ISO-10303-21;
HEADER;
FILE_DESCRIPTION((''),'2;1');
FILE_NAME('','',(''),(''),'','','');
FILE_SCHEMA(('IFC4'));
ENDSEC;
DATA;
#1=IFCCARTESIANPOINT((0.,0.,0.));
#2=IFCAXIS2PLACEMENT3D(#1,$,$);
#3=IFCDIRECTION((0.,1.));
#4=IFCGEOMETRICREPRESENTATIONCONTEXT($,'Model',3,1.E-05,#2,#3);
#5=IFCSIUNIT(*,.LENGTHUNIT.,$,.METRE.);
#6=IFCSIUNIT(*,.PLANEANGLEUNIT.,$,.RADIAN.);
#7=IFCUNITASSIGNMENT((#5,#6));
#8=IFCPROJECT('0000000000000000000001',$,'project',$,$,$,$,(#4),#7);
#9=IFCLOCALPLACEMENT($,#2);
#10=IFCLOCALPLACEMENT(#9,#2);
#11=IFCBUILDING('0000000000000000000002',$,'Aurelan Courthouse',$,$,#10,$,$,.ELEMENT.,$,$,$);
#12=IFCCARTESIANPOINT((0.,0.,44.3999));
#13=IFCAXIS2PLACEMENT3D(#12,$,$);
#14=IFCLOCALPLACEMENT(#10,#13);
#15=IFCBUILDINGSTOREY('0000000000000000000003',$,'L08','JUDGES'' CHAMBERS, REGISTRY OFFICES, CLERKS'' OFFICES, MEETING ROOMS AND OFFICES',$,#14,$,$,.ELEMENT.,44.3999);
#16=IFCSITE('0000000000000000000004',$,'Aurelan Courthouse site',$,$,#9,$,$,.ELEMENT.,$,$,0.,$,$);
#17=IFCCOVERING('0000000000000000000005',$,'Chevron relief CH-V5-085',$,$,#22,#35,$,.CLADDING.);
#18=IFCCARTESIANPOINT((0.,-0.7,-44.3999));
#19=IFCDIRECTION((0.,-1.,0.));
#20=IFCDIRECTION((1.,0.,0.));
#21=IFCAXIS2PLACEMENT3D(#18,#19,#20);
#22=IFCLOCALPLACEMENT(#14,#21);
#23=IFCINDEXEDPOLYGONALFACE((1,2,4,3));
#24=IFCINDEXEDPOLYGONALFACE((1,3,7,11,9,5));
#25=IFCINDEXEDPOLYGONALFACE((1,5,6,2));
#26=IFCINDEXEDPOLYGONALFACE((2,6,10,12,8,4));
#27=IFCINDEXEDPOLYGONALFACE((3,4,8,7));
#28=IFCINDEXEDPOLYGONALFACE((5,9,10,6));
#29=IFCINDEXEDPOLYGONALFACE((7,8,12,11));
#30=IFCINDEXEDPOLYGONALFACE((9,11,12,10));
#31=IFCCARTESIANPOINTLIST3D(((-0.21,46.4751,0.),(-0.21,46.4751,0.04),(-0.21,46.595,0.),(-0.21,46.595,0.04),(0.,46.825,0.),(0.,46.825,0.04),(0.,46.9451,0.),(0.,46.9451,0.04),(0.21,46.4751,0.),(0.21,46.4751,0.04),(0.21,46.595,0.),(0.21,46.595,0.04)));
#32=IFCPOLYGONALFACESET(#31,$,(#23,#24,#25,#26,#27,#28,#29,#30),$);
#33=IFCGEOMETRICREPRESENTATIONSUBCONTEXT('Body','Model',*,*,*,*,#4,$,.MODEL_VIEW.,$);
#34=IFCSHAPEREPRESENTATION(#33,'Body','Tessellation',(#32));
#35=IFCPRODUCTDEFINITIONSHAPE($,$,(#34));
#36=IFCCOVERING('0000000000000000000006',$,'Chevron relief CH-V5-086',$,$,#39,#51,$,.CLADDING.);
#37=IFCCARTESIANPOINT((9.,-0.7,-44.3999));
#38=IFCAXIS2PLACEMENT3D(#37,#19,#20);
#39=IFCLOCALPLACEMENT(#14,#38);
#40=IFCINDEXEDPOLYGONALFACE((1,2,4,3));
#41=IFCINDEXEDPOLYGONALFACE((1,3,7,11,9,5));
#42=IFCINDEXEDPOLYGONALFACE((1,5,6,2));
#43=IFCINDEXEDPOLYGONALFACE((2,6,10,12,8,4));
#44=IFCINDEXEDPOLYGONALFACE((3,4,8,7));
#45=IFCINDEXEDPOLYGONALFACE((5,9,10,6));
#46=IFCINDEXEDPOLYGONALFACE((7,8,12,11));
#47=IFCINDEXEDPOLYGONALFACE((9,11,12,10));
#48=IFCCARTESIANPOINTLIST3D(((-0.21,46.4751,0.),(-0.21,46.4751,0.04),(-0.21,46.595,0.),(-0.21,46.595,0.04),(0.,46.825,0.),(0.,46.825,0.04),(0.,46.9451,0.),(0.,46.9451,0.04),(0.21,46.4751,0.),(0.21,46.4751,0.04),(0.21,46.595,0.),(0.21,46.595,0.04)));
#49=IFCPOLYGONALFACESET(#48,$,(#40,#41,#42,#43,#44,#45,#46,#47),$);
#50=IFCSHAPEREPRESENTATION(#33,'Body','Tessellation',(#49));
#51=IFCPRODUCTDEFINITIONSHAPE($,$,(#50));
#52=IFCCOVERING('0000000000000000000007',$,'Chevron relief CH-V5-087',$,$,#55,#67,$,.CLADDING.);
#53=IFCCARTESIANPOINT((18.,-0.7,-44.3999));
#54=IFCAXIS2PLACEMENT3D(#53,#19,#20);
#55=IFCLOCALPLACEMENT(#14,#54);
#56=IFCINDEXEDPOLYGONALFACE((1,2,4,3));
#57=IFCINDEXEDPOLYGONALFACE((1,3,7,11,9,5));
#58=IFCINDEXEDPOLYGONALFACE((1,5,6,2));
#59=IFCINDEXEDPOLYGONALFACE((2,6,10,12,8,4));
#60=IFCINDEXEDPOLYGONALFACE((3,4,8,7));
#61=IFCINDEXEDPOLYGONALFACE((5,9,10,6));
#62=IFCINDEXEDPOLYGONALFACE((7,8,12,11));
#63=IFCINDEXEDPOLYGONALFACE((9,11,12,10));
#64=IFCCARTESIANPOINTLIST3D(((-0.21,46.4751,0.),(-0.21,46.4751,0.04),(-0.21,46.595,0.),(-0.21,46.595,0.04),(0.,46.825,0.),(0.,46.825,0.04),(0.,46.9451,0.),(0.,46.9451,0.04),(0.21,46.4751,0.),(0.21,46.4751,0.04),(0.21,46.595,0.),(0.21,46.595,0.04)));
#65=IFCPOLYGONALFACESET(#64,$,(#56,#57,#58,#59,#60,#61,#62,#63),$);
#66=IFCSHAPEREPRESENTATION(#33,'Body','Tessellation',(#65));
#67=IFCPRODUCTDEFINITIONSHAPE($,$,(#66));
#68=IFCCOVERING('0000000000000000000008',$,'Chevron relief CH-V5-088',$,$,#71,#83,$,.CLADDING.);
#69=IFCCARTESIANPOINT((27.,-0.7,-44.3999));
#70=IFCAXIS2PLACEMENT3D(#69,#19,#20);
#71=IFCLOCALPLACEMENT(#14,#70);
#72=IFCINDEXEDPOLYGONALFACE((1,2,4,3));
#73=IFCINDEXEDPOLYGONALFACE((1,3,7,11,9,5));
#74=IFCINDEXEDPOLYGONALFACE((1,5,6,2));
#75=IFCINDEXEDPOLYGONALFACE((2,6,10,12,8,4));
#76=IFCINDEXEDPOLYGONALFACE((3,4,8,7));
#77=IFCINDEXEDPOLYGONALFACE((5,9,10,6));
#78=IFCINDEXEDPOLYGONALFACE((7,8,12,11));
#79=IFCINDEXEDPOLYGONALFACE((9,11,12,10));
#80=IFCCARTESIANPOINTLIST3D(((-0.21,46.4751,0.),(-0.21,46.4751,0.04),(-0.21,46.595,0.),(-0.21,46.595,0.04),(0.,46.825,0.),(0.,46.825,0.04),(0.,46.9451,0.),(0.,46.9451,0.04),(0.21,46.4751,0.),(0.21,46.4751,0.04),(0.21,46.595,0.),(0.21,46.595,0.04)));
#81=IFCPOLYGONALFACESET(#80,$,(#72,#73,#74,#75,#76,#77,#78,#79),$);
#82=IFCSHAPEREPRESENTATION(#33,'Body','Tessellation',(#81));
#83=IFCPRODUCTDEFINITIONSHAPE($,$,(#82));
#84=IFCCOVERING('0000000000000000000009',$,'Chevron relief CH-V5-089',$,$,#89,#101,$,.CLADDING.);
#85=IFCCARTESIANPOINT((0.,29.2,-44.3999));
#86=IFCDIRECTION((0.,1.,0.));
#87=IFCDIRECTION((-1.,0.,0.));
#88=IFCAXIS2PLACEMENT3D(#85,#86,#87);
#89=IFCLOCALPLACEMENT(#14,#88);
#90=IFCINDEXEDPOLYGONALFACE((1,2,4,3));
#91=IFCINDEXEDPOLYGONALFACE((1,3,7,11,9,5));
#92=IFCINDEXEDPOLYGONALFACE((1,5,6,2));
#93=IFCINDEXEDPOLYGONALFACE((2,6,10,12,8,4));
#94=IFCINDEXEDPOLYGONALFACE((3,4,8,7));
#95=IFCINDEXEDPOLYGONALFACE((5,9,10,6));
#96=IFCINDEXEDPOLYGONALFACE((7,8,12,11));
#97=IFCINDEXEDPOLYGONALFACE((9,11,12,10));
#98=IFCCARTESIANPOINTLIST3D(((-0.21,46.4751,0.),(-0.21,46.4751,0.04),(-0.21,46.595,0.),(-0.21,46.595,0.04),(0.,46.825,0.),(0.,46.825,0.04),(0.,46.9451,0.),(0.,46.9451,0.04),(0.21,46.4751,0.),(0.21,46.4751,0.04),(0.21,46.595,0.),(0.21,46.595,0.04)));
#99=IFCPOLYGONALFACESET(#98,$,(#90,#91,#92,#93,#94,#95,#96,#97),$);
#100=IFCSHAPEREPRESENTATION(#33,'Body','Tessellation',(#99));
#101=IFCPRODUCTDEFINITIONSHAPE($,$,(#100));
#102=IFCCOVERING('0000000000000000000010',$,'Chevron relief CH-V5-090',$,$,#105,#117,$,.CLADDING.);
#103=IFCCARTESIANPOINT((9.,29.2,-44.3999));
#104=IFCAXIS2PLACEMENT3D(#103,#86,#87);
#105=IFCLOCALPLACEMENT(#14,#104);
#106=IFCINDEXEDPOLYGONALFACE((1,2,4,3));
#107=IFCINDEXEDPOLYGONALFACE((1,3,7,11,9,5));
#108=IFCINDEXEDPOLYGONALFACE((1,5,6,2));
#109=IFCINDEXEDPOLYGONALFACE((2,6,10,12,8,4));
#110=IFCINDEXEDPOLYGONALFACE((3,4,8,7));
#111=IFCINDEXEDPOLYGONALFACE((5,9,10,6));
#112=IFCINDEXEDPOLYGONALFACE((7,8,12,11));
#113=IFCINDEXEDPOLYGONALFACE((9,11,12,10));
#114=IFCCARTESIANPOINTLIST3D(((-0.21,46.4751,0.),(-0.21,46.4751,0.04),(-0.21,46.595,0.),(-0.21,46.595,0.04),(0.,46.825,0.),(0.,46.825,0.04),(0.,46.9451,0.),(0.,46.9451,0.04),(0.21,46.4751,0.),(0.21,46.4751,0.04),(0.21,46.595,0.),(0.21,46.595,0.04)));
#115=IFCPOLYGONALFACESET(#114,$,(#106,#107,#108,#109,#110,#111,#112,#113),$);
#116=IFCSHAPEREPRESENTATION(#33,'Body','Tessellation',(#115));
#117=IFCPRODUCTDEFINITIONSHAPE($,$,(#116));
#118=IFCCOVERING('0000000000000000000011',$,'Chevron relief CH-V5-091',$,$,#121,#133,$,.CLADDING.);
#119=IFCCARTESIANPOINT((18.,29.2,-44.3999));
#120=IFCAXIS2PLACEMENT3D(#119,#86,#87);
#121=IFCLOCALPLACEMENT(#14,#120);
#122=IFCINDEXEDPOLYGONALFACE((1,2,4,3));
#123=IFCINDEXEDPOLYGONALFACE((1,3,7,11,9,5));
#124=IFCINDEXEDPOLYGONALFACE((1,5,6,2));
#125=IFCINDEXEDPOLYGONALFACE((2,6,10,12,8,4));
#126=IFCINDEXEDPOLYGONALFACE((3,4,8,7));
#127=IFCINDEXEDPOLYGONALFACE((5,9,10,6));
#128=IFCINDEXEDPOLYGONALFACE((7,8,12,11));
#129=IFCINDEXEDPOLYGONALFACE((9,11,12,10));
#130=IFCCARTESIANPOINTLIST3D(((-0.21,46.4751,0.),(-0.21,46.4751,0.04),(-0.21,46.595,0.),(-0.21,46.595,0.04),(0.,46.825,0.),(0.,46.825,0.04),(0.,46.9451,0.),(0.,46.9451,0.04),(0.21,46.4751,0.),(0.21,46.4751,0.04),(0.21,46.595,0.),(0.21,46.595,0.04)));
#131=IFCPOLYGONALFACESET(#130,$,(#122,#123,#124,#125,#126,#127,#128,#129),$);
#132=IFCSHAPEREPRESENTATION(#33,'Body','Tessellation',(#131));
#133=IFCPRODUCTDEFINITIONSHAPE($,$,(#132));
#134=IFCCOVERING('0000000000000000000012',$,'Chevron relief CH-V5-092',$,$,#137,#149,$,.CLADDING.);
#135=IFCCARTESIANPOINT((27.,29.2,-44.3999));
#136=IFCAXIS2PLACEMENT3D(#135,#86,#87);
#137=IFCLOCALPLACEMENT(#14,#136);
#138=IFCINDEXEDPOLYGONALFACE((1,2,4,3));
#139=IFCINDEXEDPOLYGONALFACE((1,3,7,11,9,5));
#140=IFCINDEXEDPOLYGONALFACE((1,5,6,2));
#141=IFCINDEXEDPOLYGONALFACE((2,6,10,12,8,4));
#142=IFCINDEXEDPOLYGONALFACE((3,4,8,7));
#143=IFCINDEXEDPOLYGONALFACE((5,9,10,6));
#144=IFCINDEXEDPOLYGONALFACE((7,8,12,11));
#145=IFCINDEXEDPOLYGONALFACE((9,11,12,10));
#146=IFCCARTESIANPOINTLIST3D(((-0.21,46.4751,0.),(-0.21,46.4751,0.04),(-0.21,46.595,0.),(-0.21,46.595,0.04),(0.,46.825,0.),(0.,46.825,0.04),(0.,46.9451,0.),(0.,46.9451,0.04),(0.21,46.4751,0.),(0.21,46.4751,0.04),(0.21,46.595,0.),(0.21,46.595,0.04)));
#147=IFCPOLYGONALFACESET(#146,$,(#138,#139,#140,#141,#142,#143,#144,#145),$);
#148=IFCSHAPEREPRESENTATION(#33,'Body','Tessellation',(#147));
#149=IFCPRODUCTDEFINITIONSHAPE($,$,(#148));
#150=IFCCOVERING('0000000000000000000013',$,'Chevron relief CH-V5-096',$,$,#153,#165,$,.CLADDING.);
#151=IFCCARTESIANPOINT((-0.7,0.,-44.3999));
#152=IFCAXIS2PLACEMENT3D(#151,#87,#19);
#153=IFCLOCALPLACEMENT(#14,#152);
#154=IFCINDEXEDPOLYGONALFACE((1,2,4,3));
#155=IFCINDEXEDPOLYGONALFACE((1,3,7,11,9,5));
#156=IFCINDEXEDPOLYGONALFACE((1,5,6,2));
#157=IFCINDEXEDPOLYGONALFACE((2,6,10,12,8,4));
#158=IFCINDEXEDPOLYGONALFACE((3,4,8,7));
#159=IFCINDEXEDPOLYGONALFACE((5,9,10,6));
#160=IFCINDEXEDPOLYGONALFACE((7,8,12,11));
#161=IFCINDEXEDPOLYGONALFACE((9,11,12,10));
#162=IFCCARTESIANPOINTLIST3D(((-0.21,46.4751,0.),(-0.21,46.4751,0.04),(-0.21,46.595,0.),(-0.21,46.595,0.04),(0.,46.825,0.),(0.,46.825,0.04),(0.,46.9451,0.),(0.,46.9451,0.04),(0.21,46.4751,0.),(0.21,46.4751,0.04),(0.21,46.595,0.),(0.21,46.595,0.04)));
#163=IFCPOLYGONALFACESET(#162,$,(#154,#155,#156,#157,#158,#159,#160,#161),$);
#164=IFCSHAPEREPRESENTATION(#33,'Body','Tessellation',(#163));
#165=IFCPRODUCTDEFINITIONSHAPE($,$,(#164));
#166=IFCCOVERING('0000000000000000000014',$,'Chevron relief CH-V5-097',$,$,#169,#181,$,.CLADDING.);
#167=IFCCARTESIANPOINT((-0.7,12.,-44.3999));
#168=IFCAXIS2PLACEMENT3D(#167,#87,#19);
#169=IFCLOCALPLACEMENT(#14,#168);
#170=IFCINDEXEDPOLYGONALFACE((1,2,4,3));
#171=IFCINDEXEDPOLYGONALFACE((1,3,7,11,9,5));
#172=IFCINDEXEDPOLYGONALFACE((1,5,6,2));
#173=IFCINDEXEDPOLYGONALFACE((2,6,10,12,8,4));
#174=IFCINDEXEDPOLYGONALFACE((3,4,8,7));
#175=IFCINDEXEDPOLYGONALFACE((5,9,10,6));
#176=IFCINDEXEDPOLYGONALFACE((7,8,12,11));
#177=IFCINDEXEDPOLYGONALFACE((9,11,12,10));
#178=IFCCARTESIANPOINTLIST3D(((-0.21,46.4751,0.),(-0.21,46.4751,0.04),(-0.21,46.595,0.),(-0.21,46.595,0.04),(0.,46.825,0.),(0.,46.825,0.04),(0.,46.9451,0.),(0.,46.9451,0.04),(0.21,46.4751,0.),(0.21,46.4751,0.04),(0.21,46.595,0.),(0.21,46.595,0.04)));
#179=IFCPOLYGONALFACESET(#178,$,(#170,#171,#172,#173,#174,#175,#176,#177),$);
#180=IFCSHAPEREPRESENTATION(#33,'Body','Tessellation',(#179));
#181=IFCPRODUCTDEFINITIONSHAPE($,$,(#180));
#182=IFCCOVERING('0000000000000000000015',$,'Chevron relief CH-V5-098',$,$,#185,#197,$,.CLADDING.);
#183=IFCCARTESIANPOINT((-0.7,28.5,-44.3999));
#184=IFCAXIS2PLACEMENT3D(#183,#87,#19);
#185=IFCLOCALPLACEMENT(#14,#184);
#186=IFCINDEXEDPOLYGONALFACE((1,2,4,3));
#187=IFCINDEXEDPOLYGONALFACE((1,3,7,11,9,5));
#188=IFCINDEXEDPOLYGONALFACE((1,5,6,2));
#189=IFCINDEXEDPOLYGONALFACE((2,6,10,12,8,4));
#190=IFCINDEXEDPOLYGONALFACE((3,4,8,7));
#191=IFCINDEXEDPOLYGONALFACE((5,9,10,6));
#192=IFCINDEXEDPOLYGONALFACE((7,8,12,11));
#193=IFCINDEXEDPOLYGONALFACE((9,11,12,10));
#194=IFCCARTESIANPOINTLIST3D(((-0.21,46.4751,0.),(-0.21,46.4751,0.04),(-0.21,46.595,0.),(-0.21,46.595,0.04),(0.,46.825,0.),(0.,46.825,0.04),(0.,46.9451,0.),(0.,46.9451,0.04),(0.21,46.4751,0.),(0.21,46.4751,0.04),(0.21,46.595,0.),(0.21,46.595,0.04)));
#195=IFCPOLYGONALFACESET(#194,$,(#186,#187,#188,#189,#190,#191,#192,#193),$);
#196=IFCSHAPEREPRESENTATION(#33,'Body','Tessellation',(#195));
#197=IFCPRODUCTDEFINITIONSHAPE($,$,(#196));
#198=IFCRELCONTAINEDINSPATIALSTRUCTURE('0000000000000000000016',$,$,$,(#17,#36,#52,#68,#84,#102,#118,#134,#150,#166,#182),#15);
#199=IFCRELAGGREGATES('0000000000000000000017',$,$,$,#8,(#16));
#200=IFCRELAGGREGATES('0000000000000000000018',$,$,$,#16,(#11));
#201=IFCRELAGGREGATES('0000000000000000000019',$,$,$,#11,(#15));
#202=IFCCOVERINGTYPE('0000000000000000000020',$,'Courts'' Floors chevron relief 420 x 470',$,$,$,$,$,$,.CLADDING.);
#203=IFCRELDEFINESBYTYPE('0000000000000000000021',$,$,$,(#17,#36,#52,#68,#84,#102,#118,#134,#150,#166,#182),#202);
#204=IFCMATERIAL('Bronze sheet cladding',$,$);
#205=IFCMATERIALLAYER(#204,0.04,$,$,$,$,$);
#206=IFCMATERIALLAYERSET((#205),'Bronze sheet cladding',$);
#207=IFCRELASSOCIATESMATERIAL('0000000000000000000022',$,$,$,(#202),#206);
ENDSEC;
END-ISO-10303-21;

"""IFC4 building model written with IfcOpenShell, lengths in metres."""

from ifc_helpers import new_model, si_unit, direction, frame, origin, place, context, subcontext, project, spatial, polyline, outline, extrude, material, layer, layer_set, type_object, element, save


model = new_model("IFC4")

# Units and contexts
model_context = context("Model", 3, precision=1e-05, world=origin(), true_north=direction((0.0, 1.0)))
body_context = subcontext(model_context, "Body", "Model", "MODEL_VIEW")
ifc_project = project(units=[si_unit("LENGTHUNIT", "METRE"), si_unit("PLANEANGLEUNIT", "RADIAN")], contexts=[model_context])

# Site, building, storey
site_placement = place(None, origin())
site = spatial("IfcSite", under=ifc_project, at=site_placement, Name="Aurelan Courthouse site", CompositionType="ELEMENT", RefElevation=0.0)
building_placement = place(site_placement, origin())
building = spatial("IfcBuilding", under=site, at=building_placement, Name="Aurelan Courthouse", CompositionType="ELEMENT")
storey_placement = place(building_placement, frame((0.0, 0.0, 44.3999)))
storey = spatial("IfcBuildingStorey", under=building, at=storey_placement, Name="L08", Description="JUDGES' CHAMBERS, REGISTRY OFFICES, CLERKS' OFFICES, MEETING ROOMS AND OFFICES", CompositionType="ELEMENT", Elevation=44.3999)

# Coverings
ifc_material_1 = material(Name="Bronze sheet cladding")
ifc_layer = layer(ifc_material_1, 0.04)
ifc_layer_set = layer_set([ifc_layer], Name="Bronze sheet cladding")
covering_type = type_object("IfcCoveringType", Name="Courts' Floors chevron relief 420 x 470", PredefinedType="CLADDING", material=ifc_layer_set)
for number, where, z_axis, x_axis, name in (
    (1, (0.0, -0.7, -44.3999), (0.0, -1.0, 0.0), (1.0, 0.0, 0.0), "Chevron relief CH-V5-085"),
    (2, (9.0, -0.7, -44.3999), (0.0, -1.0, 0.0), (1.0, 0.0, 0.0), "Chevron relief CH-V5-086"),
    (3, (18.0, -0.7, -44.3999), (0.0, -1.0, 0.0), (1.0, 0.0, 0.0), "Chevron relief CH-V5-087"),
    (4, (27.0, -0.7, -44.3999), (0.0, -1.0, 0.0), (1.0, 0.0, 0.0), "Chevron relief CH-V5-088"),
    (5, (0.0, 29.2, -44.3999), (0.0, 1.0, 0.0), (-1.0, 0.0, 0.0), "Chevron relief CH-V5-089"),
    (6, (9.0, 29.2, -44.3999), (0.0, 1.0, 0.0), (-1.0, 0.0, 0.0), "Chevron relief CH-V5-090"),
    (7, (18.0, 29.2, -44.3999), (0.0, 1.0, 0.0), (-1.0, 0.0, 0.0), "Chevron relief CH-V5-091"),
    (8, (27.0, 29.2, -44.3999), (0.0, 1.0, 0.0), (-1.0, 0.0, 0.0), "Chevron relief CH-V5-092"),
    (9, (-0.7, 0.0, -44.3999), (-1.0, 0.0, 0.0), (0.0, -1.0, 0.0), "Chevron relief CH-V5-096"),
    (10, (-0.7, 12.0, -44.3999), (-1.0, 0.0, 0.0), (0.0, -1.0, 0.0), "Chevron relief CH-V5-097"),
    (11, (-0.7, 28.5, -44.3999), (-1.0, 0.0, 0.0), (0.0, -1.0, 0.0), "Chevron relief CH-V5-098"),
):
    element("IfcCovering", number, at=place(storey_placement, frame(where, z_axis=z_axis, x_axis=x_axis)), inside=storey, type_object=covering_type, Name=name, PredefinedType="CLADDING", context=body_context, shape_type="SweptSolid", body=[
        extrude(outline(polyline([(-0.21, 46.4751), (0.0, 46.825), (0.21, 46.4751), (0.21, 46.595), (0.0, 46.9451), (-0.21, 46.595), (-0.21, 46.4751)])), origin(), (0.0, 0.0, 1.0), 0.04),
    ])

save(model, "model.ifc")
